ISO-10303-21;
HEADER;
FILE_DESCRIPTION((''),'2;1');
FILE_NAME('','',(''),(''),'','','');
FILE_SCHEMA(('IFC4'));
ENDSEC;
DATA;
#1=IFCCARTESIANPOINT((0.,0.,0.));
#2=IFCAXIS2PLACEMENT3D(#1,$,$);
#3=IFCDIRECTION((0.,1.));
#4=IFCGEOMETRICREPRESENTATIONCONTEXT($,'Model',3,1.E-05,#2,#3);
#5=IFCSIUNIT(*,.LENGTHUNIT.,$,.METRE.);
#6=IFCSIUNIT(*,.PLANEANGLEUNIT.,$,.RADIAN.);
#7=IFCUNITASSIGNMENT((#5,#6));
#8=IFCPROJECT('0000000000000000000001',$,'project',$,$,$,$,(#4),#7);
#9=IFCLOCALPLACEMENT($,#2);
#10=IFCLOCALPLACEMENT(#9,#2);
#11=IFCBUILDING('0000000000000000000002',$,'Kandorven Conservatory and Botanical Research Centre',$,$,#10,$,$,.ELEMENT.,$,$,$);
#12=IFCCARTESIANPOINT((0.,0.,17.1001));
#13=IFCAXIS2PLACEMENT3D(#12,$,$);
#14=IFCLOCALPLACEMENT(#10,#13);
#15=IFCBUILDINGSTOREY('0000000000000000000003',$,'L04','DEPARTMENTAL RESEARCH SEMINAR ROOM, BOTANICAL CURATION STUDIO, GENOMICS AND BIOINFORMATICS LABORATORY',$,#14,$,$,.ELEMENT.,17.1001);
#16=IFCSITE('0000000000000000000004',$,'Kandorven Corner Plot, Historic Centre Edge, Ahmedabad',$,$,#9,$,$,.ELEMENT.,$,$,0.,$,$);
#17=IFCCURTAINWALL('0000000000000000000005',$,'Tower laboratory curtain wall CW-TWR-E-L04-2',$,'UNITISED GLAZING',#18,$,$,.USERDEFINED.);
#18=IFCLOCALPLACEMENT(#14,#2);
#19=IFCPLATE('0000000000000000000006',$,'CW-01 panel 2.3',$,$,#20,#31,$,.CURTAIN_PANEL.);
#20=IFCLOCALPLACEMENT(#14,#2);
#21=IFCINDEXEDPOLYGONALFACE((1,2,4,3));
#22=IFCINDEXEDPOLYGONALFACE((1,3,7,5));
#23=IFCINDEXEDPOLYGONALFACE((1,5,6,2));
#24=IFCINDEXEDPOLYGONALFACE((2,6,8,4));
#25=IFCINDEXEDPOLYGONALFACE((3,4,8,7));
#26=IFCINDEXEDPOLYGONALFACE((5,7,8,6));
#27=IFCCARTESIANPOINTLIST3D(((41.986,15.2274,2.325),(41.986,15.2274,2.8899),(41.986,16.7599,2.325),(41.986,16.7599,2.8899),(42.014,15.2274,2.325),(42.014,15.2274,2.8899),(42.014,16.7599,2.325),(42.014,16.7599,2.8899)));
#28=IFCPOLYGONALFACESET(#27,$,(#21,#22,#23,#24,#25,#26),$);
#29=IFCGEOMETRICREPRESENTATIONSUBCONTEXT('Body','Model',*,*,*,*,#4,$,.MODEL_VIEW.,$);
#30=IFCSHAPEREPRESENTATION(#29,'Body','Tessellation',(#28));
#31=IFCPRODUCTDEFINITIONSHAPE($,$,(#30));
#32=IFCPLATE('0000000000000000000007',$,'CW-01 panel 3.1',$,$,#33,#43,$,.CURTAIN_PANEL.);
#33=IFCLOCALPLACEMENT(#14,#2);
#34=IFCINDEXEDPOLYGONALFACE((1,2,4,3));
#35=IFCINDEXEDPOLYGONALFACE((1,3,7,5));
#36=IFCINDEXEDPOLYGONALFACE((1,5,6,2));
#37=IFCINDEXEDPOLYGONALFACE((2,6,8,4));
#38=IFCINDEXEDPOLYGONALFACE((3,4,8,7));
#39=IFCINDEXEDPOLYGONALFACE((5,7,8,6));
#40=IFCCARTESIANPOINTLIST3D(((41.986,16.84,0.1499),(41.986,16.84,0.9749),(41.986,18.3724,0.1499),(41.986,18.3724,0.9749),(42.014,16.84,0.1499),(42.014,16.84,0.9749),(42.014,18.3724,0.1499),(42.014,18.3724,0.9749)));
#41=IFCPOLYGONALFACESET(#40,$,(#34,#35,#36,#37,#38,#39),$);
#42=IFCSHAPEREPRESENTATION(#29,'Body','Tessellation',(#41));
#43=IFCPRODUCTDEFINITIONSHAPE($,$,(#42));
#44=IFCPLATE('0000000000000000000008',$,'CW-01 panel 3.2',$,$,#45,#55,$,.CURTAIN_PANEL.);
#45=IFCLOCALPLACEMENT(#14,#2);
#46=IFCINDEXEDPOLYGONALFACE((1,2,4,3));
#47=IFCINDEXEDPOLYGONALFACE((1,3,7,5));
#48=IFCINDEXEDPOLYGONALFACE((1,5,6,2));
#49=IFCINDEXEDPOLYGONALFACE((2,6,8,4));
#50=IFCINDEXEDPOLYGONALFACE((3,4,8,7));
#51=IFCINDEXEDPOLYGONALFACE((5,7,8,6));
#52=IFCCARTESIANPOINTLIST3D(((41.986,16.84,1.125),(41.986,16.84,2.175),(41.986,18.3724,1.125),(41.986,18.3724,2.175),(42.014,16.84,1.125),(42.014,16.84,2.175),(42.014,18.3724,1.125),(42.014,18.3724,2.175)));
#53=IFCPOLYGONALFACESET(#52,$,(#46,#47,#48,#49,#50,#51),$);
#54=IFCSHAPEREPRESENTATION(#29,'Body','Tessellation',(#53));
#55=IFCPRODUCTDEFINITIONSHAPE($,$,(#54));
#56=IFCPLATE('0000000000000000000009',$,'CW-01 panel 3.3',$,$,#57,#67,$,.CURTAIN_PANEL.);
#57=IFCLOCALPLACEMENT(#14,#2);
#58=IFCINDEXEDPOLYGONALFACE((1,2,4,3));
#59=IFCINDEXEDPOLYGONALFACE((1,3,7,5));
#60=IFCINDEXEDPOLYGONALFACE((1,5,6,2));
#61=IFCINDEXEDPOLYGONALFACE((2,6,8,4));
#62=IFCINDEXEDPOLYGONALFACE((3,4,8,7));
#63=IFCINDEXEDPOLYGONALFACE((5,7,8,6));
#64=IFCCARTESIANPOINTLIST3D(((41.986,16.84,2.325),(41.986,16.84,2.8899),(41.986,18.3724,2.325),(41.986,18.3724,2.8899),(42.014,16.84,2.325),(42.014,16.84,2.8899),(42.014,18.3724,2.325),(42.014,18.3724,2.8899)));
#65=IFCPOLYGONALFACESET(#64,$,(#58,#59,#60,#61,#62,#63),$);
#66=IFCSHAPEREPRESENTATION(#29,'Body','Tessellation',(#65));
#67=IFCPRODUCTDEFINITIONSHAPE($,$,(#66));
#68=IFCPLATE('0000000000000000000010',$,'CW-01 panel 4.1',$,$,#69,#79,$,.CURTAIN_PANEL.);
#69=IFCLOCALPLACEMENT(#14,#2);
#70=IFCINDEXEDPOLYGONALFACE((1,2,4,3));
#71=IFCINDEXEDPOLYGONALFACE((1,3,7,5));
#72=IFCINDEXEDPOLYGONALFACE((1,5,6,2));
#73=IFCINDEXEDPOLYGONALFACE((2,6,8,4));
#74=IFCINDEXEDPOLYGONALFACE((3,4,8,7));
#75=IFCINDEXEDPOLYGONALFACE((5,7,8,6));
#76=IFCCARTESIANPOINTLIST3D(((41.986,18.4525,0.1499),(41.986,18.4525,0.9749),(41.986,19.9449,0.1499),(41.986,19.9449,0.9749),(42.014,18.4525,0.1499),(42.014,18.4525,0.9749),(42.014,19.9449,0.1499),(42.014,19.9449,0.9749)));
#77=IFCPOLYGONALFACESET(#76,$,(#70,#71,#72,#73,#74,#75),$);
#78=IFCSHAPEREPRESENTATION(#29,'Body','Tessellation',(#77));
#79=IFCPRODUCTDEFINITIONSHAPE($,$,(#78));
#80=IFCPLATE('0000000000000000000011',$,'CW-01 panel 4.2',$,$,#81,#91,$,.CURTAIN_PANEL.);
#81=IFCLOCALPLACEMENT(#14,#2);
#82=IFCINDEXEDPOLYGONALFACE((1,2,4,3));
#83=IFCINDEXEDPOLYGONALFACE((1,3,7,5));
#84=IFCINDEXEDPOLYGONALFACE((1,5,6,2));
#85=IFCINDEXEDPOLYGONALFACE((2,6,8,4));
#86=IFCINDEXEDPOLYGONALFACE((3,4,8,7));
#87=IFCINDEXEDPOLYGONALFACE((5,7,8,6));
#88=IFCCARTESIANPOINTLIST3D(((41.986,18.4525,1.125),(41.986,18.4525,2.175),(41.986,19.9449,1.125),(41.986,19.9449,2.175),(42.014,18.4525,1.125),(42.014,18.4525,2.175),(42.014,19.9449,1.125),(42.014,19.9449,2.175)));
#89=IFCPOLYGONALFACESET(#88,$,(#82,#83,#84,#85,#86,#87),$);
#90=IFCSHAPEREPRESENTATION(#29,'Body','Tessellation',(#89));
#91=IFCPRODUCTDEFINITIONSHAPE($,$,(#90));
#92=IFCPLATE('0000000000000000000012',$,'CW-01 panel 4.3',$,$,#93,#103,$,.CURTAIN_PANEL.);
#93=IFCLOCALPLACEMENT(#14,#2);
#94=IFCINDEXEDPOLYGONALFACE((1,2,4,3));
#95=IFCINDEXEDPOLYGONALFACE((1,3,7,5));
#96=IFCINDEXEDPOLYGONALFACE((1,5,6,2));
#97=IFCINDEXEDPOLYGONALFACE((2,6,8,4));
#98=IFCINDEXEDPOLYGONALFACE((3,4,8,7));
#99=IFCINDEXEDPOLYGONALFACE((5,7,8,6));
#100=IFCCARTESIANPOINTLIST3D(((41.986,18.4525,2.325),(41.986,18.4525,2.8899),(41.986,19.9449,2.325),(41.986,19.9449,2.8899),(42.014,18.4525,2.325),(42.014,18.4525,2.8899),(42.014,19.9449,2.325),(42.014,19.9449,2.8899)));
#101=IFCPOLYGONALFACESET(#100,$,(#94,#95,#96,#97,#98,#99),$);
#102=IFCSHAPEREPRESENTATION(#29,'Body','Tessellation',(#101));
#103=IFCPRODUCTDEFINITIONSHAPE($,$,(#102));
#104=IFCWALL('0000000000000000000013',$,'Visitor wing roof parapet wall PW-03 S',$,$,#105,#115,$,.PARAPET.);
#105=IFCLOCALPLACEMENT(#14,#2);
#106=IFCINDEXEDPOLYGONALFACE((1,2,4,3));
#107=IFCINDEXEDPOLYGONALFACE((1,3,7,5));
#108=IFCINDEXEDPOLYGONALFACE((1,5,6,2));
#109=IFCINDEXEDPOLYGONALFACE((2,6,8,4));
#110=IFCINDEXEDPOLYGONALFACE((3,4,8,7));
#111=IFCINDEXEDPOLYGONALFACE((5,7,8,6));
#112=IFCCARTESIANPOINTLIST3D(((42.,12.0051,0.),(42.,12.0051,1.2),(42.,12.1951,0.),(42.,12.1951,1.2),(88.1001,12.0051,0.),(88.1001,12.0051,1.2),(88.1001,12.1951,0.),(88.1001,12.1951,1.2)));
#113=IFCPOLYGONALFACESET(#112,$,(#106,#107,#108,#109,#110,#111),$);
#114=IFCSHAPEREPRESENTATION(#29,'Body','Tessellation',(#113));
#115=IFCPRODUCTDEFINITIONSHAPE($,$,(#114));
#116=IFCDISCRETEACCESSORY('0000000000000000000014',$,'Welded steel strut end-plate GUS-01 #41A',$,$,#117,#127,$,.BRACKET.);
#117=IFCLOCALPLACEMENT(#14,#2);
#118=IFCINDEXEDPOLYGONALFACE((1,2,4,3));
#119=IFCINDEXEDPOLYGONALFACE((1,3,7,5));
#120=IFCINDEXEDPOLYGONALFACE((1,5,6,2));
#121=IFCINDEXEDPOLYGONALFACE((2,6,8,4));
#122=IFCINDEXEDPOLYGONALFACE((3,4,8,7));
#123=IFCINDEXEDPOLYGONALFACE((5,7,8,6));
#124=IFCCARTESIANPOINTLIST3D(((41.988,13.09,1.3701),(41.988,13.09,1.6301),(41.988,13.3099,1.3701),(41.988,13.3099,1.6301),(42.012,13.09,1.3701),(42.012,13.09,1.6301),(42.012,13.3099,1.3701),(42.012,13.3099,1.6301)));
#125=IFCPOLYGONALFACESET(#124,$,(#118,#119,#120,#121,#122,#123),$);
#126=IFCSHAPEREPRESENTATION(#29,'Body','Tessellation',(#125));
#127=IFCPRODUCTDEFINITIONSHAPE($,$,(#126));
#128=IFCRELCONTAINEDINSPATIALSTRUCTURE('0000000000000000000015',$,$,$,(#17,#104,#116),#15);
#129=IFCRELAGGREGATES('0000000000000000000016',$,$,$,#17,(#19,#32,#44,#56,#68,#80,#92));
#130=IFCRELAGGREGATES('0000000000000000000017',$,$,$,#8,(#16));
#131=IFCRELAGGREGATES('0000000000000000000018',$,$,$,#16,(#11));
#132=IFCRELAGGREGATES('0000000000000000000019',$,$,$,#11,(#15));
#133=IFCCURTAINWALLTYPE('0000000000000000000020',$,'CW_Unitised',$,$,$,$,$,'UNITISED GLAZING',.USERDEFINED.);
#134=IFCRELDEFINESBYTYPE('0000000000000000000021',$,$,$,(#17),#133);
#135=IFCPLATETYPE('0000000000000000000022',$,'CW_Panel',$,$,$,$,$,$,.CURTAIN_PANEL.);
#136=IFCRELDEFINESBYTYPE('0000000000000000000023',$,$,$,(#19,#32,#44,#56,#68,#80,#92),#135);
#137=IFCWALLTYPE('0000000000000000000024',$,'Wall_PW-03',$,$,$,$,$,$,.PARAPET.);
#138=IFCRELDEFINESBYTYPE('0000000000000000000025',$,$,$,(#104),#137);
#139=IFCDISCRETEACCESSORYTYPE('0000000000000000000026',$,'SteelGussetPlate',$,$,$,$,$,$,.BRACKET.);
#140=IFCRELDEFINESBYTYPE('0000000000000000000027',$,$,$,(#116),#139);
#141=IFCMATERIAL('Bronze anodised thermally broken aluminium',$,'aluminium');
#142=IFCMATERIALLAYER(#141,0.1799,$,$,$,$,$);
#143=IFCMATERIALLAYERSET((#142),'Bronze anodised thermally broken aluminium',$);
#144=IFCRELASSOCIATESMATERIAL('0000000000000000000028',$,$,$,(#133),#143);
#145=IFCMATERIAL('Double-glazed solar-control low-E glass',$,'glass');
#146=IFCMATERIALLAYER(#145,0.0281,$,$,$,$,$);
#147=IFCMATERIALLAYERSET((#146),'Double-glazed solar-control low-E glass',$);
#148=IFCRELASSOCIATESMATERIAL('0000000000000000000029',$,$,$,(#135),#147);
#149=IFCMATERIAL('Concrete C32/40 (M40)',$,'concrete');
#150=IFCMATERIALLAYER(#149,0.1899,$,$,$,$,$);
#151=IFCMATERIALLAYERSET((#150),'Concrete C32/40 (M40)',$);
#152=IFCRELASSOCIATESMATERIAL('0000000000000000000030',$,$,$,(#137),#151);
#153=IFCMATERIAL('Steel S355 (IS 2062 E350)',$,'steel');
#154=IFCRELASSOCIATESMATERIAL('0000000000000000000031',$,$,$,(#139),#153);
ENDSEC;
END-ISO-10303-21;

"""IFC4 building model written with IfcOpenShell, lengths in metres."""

from ifc_helpers import new_model, si_unit, direction, frame, frame_2d, origin, origin_2d, place, context, subcontext, project, spatial, rectangle, extrude, material, layer, layer_set, type_object, element, aggregate, save


model = new_model("IFC4")

# Units and contexts
model_context = context("Model", 3, precision=1e-05, world=origin(), true_north=direction((0.0, 1.0)))
body_context = subcontext(model_context, "Body", "Model", "MODEL_VIEW")
ifc_project = project(units=[si_unit("LENGTHUNIT", "METRE"), si_unit("PLANEANGLEUNIT", "RADIAN")], contexts=[model_context])

# Site, building, storey
site_placement = place(None, origin())
site = spatial("IfcSite", under=ifc_project, at=site_placement, Name="Kandorven Corner Plot, Historic Centre Edge, Ahmedabad", CompositionType="ELEMENT", RefElevation=0.0)
building_placement = place(site_placement, origin())
building = spatial("IfcBuilding", under=site, at=building_placement, Name="Kandorven Conservatory and Botanical Research Centre", CompositionType="ELEMENT")
storey_placement = place(building_placement, frame((0.0, 0.0, 17.1001)))
storey = spatial("IfcBuildingStorey", under=building, at=storey_placement, Name="L04", Description="DEPARTMENTAL RESEARCH SEMINAR ROOM, BOTANICAL CURATION STUDIO, GENOMICS AND BIOINFORMATICS LABORATORY", CompositionType="ELEMENT", Elevation=17.1001)

# Curtain wall
ifc_material_1 = material(Name="Bronze anodised thermally broken aluminium", Category="aluminium")
ifc_layer_1 = layer(ifc_material_1, 0.1799)
ifc_layer_set_1 = layer_set([ifc_layer_1], Name="Bronze anodised thermally broken aluminium")
curtain_wall_type = type_object("IfcCurtainWallType", Name="CW_Unitised", ElementType="UNITISED GLAZING", PredefinedType="USERDEFINED", material=ifc_layer_set_1)
curtain_wall_placement = place(storey_placement, origin())
curtain_wall = element("IfcCurtainWall", 1, at=curtain_wall_placement, inside=storey, type_object=curtain_wall_type, Name="Tower laboratory curtain wall CW-TWR-E-L04-2", ObjectType="UNITISED GLAZING", PredefinedType="USERDEFINED")

# Plates
ifc_material_2 = material(Name="Double-glazed solar-control low-E glass", Category="glass")
ifc_layer_2 = layer(ifc_material_2, 0.0281)
ifc_layer_set_2 = layer_set([ifc_layer_2], Name="Double-glazed solar-control low-E glass")
plate_type = type_object("IfcPlateType", Name="CW_Panel", PredefinedType="CURTAIN_PANEL", material=ifc_layer_set_2)
plate_1_placement = place(storey_placement, frame((42.0, 15.9937, 2.325), z_axis=(0.0, 0.0, 1.0), x_axis=(0.0, 1.0, 0.0)))
plate_1 = element("IfcPlate", 2, at=plate_1_placement, type_object=plate_type, Name="CW-01 panel 2.3", PredefinedType="CURTAIN_PANEL", context=body_context, shape_type="SweptSolid", body=[
    extrude(rectangle(XDim=1.5325, YDim=0.0281, at=origin_2d()), origin(), (0.0, 0.0, 1.0), 0.5649),
])
plate_2_placement = place(storey_placement, frame((42.0, 17.6062, 0.1499), z_axis=(0.0, 0.0, 1.0), x_axis=(0.0, 1.0, 0.0)))
plate_2 = element("IfcPlate", 3, at=plate_2_placement, type_object=plate_type, Name="CW-01 panel 3.1", PredefinedType="CURTAIN_PANEL", context=body_context, shape_type="SweptSolid", body=[
    extrude(rectangle(XDim=1.5325, YDim=0.0281, at=origin_2d()), origin(), (0.0, 0.0, 1.0), 0.825),
])
plate_3_placement = place(storey_placement, frame((42.0, 17.6062, 1.125), z_axis=(0.0, 0.0, 1.0), x_axis=(0.0, 1.0, 0.0)))
plate_3 = element("IfcPlate", 4, at=plate_3_placement, type_object=plate_type, Name="CW-01 panel 3.2", PredefinedType="CURTAIN_PANEL", context=body_context, shape_type="SweptSolid", body=[
    extrude(rectangle(XDim=1.5325, YDim=0.0281, at=origin_2d()), origin(), (0.0, 0.0, 1.0), 1.05),
])
plate_4_placement = place(storey_placement, frame((42.0, 17.6062, 2.325), z_axis=(0.0, 0.0, 1.0), x_axis=(0.0, 1.0, 0.0)))
plate_4 = element("IfcPlate", 5, at=plate_4_placement, type_object=plate_type, Name="CW-01 panel 3.3", PredefinedType="CURTAIN_PANEL", context=body_context, shape_type="SweptSolid", body=[
    extrude(rectangle(XDim=1.5325, YDim=0.0281, at=origin_2d()), origin(), (0.0, 0.0, 1.0), 0.5649),
])
plate_5_placement = place(storey_placement, frame((42.0, 19.1987, 0.1499), z_axis=(0.0, 0.0, 1.0), x_axis=(0.0, 1.0, 0.0)))
plate_5 = element("IfcPlate", 6, at=plate_5_placement, type_object=plate_type, Name="CW-01 panel 4.1", PredefinedType="CURTAIN_PANEL", context=body_context, shape_type="SweptSolid", body=[
    extrude(rectangle(XDim=1.4924, YDim=0.0281, at=origin_2d()), origin(), (0.0, 0.0, 1.0), 0.825),
])
plate_6_placement = place(storey_placement, frame((42.0, 19.1987, 1.125), z_axis=(0.0, 0.0, 1.0), x_axis=(0.0, 1.0, 0.0)))
plate_6 = element("IfcPlate", 7, at=plate_6_placement, type_object=plate_type, Name="CW-01 panel 4.2", PredefinedType="CURTAIN_PANEL", context=body_context, shape_type="SweptSolid", body=[
    extrude(rectangle(XDim=1.4924, YDim=0.0281, at=origin_2d()), origin(), (0.0, 0.0, 1.0), 1.05),
])
plate_7_placement = place(storey_placement, frame((42.0, 19.1987, 2.325), z_axis=(0.0, 0.0, 1.0), x_axis=(0.0, 1.0, 0.0)))
plate_7 = element("IfcPlate", 8, at=plate_7_placement, type_object=plate_type, Name="CW-01 panel 4.3", PredefinedType="CURTAIN_PANEL", context=body_context, shape_type="SweptSolid", body=[
    extrude(rectangle(XDim=1.4924, YDim=0.0281, at=origin_2d()), origin(), (0.0, 0.0, 1.0), 0.5649),
])
aggregate(curtain_wall, [plate_1, plate_2, plate_3, plate_4, plate_5, plate_6, plate_7])

# Wall
ifc_material_3 = material(Name="Concrete C32/40 (M40)", Category="concrete")
ifc_layer_3 = layer(ifc_material_3, 0.1899)
ifc_layer_set_3 = layer_set([ifc_layer_3], Name="Concrete C32/40 (M40)")
wall_type = type_object("IfcWallType", Name="Wall_PW-03", PredefinedType="PARAPET", material=ifc_layer_set_3)
wall_placement = place(storey_placement, frame((42.0, 12.1001, 0.0), z_axis=(0.0, 0.0, 1.0), x_axis=(1.0, 0.0, 0.0)))
element("IfcWall", 9, at=wall_placement, inside=storey, type_object=wall_type, Name="Visitor wing roof parapet wall PW-03 S", PredefinedType="PARAPET", context=body_context, shape_type="SweptSolid", body=[
    extrude(rectangle(XDim=46.1001, YDim=0.1899, at=frame_2d((23.05, 0.0))), origin(), (0.0, 0.0, 1.0), 1.2),
])

# Discrete accessory
ifc_material_4 = material(Name="Steel S355 (IS 2062 E350)", Category="steel")
discrete_accessory_type = type_object("IfcDiscreteAccessoryType", Name="SteelGussetPlate", PredefinedType="BRACKET", material=ifc_material_4)
discrete_accessory_placement = place(storey_placement, frame((42.0, 13.2, 1.3701), z_axis=(0.0, 0.0, 1.0), x_axis=(1.0, 0.0, 0.0)))
element("IfcDiscreteAccessory", 10, at=discrete_accessory_placement, inside=storey, type_object=discrete_accessory_type, Name="Welded steel strut end-plate GUS-01 #41A", PredefinedType="BRACKET", context=body_context, shape_type="SweptSolid", body=[
    extrude(rectangle(XDim=0.0239, YDim=0.22, at=origin_2d()), origin(), (0.0, 0.0, 1.0), 0.26),
])

save(model, "model.ifc")
